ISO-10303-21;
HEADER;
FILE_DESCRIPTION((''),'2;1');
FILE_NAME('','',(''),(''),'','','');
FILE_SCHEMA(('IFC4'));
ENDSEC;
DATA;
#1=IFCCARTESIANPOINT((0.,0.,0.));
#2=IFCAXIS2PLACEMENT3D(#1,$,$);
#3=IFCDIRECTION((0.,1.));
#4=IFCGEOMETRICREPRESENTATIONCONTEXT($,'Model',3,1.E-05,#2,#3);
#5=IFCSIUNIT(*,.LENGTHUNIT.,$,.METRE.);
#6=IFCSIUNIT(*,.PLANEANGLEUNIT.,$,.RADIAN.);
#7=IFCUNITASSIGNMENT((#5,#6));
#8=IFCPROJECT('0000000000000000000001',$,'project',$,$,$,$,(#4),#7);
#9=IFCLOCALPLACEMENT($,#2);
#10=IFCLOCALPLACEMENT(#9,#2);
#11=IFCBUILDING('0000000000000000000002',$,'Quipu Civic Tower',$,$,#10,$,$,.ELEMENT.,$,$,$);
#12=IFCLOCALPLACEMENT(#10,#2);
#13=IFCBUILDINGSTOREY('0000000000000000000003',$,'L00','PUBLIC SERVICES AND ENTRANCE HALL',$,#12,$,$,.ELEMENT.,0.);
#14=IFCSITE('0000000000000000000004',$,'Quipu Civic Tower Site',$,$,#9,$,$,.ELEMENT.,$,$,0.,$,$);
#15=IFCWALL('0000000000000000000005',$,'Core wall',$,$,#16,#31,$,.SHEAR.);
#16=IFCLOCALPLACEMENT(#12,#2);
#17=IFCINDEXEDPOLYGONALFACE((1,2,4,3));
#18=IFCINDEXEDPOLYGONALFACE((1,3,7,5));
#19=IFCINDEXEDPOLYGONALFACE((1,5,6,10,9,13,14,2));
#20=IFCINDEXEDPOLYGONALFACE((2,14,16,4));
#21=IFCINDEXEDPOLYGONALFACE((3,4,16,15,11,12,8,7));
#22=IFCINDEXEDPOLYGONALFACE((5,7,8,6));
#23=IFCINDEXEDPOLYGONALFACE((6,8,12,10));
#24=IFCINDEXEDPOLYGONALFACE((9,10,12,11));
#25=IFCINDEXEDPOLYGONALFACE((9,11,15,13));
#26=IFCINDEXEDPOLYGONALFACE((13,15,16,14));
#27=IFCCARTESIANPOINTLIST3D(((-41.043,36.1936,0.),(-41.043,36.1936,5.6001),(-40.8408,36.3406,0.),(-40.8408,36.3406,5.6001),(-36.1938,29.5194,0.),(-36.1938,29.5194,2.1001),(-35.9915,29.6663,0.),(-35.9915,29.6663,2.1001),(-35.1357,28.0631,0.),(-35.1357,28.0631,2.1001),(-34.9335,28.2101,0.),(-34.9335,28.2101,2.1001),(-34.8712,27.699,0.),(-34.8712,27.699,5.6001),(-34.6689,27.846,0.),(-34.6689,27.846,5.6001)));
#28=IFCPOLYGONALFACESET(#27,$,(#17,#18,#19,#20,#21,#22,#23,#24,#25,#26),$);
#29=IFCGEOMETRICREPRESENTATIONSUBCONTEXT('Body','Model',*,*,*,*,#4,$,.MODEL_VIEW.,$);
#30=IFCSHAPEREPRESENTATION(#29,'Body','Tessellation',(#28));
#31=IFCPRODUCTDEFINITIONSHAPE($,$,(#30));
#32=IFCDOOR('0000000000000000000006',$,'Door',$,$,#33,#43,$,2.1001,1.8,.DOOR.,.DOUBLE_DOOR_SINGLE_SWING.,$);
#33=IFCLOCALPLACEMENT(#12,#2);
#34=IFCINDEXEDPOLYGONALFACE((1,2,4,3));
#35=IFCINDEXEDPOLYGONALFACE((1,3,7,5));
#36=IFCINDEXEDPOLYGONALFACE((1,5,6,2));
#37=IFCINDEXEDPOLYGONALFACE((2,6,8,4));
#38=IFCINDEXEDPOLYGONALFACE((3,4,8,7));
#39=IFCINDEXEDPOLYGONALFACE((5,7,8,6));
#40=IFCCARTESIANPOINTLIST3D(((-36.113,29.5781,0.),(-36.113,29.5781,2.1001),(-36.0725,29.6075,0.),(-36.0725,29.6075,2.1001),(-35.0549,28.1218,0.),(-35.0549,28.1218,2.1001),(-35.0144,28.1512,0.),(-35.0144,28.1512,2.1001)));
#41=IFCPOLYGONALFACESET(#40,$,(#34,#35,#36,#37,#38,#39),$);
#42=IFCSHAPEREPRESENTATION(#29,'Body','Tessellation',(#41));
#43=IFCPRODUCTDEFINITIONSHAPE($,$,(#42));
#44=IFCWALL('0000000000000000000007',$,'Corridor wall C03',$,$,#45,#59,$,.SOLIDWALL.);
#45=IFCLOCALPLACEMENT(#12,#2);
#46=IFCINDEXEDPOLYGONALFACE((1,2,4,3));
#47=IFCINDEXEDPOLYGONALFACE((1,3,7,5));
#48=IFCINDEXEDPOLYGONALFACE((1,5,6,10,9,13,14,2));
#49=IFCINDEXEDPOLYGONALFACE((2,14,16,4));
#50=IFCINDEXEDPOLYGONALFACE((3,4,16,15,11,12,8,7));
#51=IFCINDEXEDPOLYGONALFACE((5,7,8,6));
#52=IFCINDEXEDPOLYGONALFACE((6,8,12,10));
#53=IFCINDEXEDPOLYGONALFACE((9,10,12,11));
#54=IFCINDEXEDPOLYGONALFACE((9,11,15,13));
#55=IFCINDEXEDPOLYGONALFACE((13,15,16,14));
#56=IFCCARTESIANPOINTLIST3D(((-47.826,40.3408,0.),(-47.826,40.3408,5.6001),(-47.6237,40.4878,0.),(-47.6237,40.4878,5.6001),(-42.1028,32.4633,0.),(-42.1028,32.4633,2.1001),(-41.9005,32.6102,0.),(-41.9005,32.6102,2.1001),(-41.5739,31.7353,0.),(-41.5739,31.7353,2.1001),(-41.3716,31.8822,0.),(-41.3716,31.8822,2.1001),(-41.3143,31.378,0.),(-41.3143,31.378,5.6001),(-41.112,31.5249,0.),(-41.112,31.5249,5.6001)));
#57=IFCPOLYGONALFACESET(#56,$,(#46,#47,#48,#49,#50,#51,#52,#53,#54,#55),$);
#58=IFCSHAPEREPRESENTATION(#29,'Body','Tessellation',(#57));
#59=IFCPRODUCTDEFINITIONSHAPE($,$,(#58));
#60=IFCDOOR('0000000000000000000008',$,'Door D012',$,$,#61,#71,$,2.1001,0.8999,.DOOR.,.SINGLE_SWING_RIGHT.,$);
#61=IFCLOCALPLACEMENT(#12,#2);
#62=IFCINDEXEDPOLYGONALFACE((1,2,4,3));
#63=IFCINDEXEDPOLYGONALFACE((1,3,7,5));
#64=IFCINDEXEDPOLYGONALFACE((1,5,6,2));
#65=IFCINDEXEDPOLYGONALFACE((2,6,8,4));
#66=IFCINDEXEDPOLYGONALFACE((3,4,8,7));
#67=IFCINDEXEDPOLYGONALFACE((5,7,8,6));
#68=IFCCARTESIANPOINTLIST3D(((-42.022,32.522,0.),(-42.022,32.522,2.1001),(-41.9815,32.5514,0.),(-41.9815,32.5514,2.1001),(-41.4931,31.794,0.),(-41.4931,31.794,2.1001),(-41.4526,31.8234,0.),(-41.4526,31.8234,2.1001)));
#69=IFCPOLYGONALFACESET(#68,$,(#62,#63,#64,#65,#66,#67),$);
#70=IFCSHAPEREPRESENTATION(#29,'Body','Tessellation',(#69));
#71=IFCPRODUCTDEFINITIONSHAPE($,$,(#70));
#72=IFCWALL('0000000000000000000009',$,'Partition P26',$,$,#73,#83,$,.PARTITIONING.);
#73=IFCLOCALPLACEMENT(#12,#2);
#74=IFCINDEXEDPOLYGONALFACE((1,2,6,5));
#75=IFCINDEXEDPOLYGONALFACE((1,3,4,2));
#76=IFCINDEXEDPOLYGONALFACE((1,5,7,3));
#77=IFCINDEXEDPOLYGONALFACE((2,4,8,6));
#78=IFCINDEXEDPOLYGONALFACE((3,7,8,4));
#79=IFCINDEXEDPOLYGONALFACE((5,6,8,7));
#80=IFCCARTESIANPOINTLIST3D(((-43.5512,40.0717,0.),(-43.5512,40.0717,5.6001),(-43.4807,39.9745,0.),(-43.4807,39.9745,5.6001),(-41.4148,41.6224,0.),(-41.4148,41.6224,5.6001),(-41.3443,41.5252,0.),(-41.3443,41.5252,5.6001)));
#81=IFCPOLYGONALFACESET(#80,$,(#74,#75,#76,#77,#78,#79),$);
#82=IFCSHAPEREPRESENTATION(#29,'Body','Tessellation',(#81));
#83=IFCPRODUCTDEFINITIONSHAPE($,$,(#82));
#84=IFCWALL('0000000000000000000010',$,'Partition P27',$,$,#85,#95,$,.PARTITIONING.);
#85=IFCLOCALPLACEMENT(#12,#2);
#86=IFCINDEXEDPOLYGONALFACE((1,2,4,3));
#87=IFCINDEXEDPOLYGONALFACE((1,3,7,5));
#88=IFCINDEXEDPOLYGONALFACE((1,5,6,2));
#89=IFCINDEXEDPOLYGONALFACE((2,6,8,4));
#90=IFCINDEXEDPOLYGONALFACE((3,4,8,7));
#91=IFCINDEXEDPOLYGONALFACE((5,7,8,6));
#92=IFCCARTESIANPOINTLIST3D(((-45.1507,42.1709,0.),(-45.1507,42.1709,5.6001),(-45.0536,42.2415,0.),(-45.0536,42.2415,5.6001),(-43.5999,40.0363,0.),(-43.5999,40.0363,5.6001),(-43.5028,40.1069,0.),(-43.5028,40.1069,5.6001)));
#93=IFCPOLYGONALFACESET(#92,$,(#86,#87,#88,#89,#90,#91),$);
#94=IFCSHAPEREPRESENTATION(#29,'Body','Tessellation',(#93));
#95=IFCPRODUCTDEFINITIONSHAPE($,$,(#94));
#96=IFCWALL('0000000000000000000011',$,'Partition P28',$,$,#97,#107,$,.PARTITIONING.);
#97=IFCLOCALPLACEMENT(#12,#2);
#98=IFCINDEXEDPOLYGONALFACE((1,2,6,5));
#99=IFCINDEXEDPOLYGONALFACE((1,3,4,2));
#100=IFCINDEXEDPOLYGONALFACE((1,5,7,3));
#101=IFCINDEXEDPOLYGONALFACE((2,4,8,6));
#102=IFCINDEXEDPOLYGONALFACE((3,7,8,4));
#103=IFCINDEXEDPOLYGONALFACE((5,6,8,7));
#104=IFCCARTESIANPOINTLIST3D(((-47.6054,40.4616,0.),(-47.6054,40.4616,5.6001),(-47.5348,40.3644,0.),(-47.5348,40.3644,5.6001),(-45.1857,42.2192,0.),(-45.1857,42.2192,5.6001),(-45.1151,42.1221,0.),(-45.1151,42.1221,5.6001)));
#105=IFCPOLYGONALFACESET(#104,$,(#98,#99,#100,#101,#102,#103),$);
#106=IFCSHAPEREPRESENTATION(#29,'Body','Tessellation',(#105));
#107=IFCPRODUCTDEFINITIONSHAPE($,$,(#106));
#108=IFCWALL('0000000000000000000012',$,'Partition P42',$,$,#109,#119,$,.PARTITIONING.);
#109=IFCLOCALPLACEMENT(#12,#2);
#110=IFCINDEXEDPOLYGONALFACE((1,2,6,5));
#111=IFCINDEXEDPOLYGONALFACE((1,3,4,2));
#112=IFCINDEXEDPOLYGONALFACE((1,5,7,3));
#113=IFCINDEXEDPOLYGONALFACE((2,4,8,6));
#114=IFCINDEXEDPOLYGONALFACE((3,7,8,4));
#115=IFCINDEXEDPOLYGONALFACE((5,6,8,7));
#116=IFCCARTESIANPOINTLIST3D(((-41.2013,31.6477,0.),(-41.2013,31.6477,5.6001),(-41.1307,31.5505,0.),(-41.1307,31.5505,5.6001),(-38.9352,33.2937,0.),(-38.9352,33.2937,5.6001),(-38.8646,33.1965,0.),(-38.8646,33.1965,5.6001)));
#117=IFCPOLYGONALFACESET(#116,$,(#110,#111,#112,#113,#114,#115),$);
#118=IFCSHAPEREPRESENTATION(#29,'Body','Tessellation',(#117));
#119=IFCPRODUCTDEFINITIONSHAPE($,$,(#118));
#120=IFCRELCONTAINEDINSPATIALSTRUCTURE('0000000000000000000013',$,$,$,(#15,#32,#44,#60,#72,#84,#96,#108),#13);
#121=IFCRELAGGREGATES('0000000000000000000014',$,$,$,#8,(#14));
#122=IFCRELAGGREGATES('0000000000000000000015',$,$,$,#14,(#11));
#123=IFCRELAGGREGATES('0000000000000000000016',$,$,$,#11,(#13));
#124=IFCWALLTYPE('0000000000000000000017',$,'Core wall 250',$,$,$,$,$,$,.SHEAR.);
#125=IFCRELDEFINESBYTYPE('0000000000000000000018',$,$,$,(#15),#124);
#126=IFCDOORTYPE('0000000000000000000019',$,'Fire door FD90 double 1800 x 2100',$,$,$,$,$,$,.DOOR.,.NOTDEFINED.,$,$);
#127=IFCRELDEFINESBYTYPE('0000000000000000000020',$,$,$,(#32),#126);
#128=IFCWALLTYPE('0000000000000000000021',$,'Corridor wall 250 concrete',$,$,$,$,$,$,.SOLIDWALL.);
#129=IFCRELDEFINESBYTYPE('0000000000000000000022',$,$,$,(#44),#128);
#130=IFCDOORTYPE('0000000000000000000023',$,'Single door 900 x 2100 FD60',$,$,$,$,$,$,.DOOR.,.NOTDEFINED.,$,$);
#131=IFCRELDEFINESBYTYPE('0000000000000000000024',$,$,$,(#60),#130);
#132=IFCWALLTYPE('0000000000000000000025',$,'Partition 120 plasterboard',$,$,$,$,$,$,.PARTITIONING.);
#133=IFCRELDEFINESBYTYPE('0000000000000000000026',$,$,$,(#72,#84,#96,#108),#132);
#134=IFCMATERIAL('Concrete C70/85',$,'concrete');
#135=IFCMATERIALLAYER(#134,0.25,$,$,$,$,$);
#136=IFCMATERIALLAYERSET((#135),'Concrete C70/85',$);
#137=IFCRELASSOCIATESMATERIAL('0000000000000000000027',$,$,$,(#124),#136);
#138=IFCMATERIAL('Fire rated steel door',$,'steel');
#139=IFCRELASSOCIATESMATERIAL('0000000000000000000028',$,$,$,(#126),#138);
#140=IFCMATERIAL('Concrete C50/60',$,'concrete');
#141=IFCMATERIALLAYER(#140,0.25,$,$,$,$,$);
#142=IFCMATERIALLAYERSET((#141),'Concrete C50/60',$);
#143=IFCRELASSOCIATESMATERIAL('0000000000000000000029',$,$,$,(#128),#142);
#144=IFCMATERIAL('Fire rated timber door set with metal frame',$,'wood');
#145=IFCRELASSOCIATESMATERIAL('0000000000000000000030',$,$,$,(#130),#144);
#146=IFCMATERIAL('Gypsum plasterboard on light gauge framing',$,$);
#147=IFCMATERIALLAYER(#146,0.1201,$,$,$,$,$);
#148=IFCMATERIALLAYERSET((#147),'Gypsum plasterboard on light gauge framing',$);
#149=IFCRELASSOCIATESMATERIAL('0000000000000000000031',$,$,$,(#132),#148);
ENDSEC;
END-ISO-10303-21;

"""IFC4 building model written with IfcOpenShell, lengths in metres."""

from ifc_helpers import new_model, si_unit, direction, frame, frame_2d, origin, place, context, subcontext, project, spatial, rectangle, extrude, material, layer, layer_set, type_object, element, fill, save


model = new_model("IFC4")

# Units and contexts
model_context = context("Model", 3, precision=1e-05, world=origin(), true_north=direction((0.0, 1.0)))
body_context = subcontext(model_context, "Body", "Model", "MODEL_VIEW")
ifc_project = project(units=[si_unit("LENGTHUNIT", "METRE"), si_unit("PLANEANGLEUNIT", "RADIAN")], contexts=[model_context])

# Site, building, storey
site_placement = place(None, origin())
site = spatial("IfcSite", under=ifc_project, at=site_placement, Name="Quipu Civic Tower Site", CompositionType="ELEMENT", RefElevation=0.0)
building_placement = place(site_placement, origin())
building = spatial("IfcBuilding", under=site, at=building_placement, Name="Quipu Civic Tower", CompositionType="ELEMENT")
storey_placement = place(building_placement, origin())
storey = spatial("IfcBuildingStorey", under=building, at=storey_placement, Name="L00", Description="PUBLIC SERVICES AND ENTRANCE HALL", CompositionType="ELEMENT", Elevation=0.0)

# Walls, openings, doors
ifc_material_1 = material(Name="Concrete C70/85", Category="concrete")
ifc_layer_1 = layer(ifc_material_1, 0.25)
ifc_layer_set_1 = layer_set([ifc_layer_1], Name="Concrete C70/85")
wall_type_1 = type_object("IfcWallType", Name="Core wall 250", PredefinedType="SHEAR", material=ifc_layer_set_1)
wall_1_placement = place(storey_placement, frame((-40.9419, 36.2671, 0.0), z_axis=(0.0, 0.0, 1.0), x_axis=(0.587796, -0.809009, 0.0)))
wall_1 = element("IfcWall", 1, at=wall_1_placement, inside=storey, type_object=wall_type_1, Name="Core wall", PredefinedType="SHEAR", context=body_context, shape_type="SweptSolid", body=[
    extrude(rectangle(XDim=10.5, YDim=0.25, at=frame_2d((5.25, 0.0))), origin(), (0.0, 0.0, 1.0), 5.6001),
])
opening_1_placement = place(wall_1_placement, frame((8.25, 0.0, 0.0)))
opening_1 = element("IfcOpeningElement", 2, at=opening_1_placement, cuts=wall_1, PredefinedType="OPENING", context=body_context, shape_type="SweptSolid", body=[
    extrude(rectangle(XDim=1.8, YDim=2.1001, at=frame_2d((0.8999, 1.05))), frame((0.0, 0.135, 0.0), z_axis=(0.0, -1.0, 0.0), x_axis=(1.0, 0.0, 0.0)), (0.0, 0.0, 1.0), 0.27),
])
ifc_material_2 = material(Name="Fire rated steel door", Category="steel")
door_type_1 = type_object("IfcDoorType", Name="Fire door FD90 double 1800 x 2100", OperationType="NOTDEFINED", PredefinedType="DOOR", material=ifc_material_2)
door_1_placement = place(opening_1_placement, origin())
door_1 = element("IfcDoor", 3, at=door_1_placement, inside=storey, type_object=door_type_1, Name="Door", OperationType="DOUBLE_DOOR_SINGLE_SWING", OverallHeight=2.1001, OverallWidth=1.8, PredefinedType="DOOR", context=body_context, shape_type="SweptSolid", body=[
    extrude(rectangle(XDim=1.8, YDim=2.1001, at=frame_2d((0.8999, 1.05))), frame((0.0, 0.0249, 0.0), z_axis=(0.0, -1.0, 0.0), x_axis=(1.0, 0.0, 0.0)), (0.0, 0.0, 1.0), 0.05),
])
fill(opening_1, door_1)
ifc_material_3 = material(Name="Concrete C50/60", Category="concrete")
ifc_layer_2 = layer(ifc_material_3, 0.25)
ifc_layer_set_2 = layer_set([ifc_layer_2], Name="Concrete C50/60")
wall_type_2 = type_object("IfcWallType", Name="Corridor wall 250 concrete", PredefinedType="SOLIDWALL", material=ifc_layer_set_2)
wall_2_placement = place(storey_placement, frame((-47.7249, 40.4143, 0.0), z_axis=(0.0, 0.0, 1.0), x_axis=(0.587773, -0.809026, 0.0)))
wall_2 = element("IfcWall", 4, at=wall_2_placement, inside=storey, type_object=wall_type_2, Name="Corridor wall C03", PredefinedType="SOLIDWALL", context=body_context, shape_type="SweptSolid", body=[
    extrude(rectangle(XDim=11.0786, YDim=0.25, at=frame_2d((5.5393, 0.0))), origin(), (0.0, 0.0, 1.0), 5.6001),
])
opening_2_placement = place(wall_2_placement, frame((9.7371, 0.0, 0.0)))
opening_2 = element("IfcOpeningElement", 5, at=opening_2_placement, cuts=wall_2, PredefinedType="OPENING", context=body_context, shape_type="SweptSolid", body=[
    extrude(rectangle(XDim=0.8999, YDim=2.1001, at=frame_2d((0.45, 1.05))), frame((0.0, 0.135, 0.0), z_axis=(0.0, -1.0, 0.0), x_axis=(1.0, 0.0, 0.0)), (0.0, 0.0, 1.0), 0.27),
])
ifc_material_4 = material(Name="Fire rated timber door set with metal frame", Category="wood")
door_type_2 = type_object("IfcDoorType", Name="Single door 900 x 2100 FD60", OperationType="NOTDEFINED", PredefinedType="DOOR", material=ifc_material_4)
door_2_placement = place(opening_2_placement, origin())
door_2 = element("IfcDoor", 6, at=door_2_placement, inside=storey, type_object=door_type_2, Name="Door D012", OperationType="SINGLE_SWING_RIGHT", OverallHeight=2.1001, OverallWidth=0.8999, PredefinedType="DOOR", context=body_context, shape_type="SweptSolid", body=[
    extrude(rectangle(XDim=0.8999, YDim=2.1001, at=frame_2d((0.45, 1.05))), frame((0.0, 0.0249, 0.0), z_axis=(0.0, -1.0, 0.0), x_axis=(1.0, 0.0, 0.0)), (0.0, 0.0, 1.0), 0.05),
])
fill(opening_2, door_2)

# Walls
ifc_material_5 = material(Name="Gypsum plasterboard on light gauge framing")
ifc_layer_3 = layer(ifc_material_5, 0.1201)
ifc_layer_set_3 = layer_set([ifc_layer_3], Name="Gypsum plasterboard on light gauge framing")
wall_type_3 = type_object("IfcWallType", Name="Partition 120 plasterboard", PredefinedType="PARTITIONING", material=ifc_layer_set_3)
wall_3_placement = place(storey_placement, frame((-41.3796, 41.5737, 0.0), z_axis=(0.0, 0.0, 1.0), x_axis=(-0.80928, -0.587424, 0.0)))
element("IfcWall", 7, at=wall_3_placement, inside=storey, type_object=wall_type_3, Name="Partition P26", PredefinedType="PARTITIONING", context=body_context, shape_type="SweptSolid", body=[
    extrude(rectangle(XDim=2.6399, YDim=0.1201, at=frame_2d((1.3198, 0.0))), origin(), (0.0, 0.0, 1.0), 5.6001),
])
wall_4_placement = place(storey_placement, frame((-43.5513, 40.0715, 0.0), z_axis=(0.0, 0.0, 1.0), x_axis=(-0.587775, 0.809024, 0.0)))
element("IfcWall", 8, at=wall_4_placement, inside=storey, type_object=wall_type_3, Name="Partition P27", PredefinedType="PARTITIONING", context=body_context, shape_type="SweptSolid", body=[
    extrude(rectangle(XDim=2.6384, YDim=0.1201, at=frame_2d((1.3193, 0.0))), origin(), (0.0, 0.0, 1.0), 5.6001),
])
wall_5_placement = place(storey_placement, frame((-45.1504, 42.1707, 0.0), z_axis=(0.0, 0.0, 1.0), x_axis=(-0.809085, -0.587691, 0.0)))
element("IfcWall", 9, at=wall_5_placement, inside=storey, type_object=wall_type_3, Name="Partition P28", PredefinedType="PARTITIONING", context=body_context, shape_type="SweptSolid", body=[
    extrude(rectangle(XDim=2.9907, YDim=0.1201, at=frame_2d((1.4954, 0.0))), origin(), (0.0, 0.0, 1.0), 5.6001),
])
wall_6_placement = place(storey_placement, frame((-41.166, 31.5991, 0.0), z_axis=(0.0, 0.0, 1.0), x_axis=(0.80909, 0.587684, 0.0)))
element("IfcWall", 10, at=wall_6_placement, inside=storey, type_object=wall_type_3, Name="Partition P42", PredefinedType="PARTITIONING", context=body_context, shape_type="SweptSolid", body=[
    extrude(rectangle(XDim=2.8008, YDim=0.1201, at=frame_2d((1.4004, 0.0))), origin(), (0.0, 0.0, 1.0), 5.6001),
])

save(model, "model.ifc")
